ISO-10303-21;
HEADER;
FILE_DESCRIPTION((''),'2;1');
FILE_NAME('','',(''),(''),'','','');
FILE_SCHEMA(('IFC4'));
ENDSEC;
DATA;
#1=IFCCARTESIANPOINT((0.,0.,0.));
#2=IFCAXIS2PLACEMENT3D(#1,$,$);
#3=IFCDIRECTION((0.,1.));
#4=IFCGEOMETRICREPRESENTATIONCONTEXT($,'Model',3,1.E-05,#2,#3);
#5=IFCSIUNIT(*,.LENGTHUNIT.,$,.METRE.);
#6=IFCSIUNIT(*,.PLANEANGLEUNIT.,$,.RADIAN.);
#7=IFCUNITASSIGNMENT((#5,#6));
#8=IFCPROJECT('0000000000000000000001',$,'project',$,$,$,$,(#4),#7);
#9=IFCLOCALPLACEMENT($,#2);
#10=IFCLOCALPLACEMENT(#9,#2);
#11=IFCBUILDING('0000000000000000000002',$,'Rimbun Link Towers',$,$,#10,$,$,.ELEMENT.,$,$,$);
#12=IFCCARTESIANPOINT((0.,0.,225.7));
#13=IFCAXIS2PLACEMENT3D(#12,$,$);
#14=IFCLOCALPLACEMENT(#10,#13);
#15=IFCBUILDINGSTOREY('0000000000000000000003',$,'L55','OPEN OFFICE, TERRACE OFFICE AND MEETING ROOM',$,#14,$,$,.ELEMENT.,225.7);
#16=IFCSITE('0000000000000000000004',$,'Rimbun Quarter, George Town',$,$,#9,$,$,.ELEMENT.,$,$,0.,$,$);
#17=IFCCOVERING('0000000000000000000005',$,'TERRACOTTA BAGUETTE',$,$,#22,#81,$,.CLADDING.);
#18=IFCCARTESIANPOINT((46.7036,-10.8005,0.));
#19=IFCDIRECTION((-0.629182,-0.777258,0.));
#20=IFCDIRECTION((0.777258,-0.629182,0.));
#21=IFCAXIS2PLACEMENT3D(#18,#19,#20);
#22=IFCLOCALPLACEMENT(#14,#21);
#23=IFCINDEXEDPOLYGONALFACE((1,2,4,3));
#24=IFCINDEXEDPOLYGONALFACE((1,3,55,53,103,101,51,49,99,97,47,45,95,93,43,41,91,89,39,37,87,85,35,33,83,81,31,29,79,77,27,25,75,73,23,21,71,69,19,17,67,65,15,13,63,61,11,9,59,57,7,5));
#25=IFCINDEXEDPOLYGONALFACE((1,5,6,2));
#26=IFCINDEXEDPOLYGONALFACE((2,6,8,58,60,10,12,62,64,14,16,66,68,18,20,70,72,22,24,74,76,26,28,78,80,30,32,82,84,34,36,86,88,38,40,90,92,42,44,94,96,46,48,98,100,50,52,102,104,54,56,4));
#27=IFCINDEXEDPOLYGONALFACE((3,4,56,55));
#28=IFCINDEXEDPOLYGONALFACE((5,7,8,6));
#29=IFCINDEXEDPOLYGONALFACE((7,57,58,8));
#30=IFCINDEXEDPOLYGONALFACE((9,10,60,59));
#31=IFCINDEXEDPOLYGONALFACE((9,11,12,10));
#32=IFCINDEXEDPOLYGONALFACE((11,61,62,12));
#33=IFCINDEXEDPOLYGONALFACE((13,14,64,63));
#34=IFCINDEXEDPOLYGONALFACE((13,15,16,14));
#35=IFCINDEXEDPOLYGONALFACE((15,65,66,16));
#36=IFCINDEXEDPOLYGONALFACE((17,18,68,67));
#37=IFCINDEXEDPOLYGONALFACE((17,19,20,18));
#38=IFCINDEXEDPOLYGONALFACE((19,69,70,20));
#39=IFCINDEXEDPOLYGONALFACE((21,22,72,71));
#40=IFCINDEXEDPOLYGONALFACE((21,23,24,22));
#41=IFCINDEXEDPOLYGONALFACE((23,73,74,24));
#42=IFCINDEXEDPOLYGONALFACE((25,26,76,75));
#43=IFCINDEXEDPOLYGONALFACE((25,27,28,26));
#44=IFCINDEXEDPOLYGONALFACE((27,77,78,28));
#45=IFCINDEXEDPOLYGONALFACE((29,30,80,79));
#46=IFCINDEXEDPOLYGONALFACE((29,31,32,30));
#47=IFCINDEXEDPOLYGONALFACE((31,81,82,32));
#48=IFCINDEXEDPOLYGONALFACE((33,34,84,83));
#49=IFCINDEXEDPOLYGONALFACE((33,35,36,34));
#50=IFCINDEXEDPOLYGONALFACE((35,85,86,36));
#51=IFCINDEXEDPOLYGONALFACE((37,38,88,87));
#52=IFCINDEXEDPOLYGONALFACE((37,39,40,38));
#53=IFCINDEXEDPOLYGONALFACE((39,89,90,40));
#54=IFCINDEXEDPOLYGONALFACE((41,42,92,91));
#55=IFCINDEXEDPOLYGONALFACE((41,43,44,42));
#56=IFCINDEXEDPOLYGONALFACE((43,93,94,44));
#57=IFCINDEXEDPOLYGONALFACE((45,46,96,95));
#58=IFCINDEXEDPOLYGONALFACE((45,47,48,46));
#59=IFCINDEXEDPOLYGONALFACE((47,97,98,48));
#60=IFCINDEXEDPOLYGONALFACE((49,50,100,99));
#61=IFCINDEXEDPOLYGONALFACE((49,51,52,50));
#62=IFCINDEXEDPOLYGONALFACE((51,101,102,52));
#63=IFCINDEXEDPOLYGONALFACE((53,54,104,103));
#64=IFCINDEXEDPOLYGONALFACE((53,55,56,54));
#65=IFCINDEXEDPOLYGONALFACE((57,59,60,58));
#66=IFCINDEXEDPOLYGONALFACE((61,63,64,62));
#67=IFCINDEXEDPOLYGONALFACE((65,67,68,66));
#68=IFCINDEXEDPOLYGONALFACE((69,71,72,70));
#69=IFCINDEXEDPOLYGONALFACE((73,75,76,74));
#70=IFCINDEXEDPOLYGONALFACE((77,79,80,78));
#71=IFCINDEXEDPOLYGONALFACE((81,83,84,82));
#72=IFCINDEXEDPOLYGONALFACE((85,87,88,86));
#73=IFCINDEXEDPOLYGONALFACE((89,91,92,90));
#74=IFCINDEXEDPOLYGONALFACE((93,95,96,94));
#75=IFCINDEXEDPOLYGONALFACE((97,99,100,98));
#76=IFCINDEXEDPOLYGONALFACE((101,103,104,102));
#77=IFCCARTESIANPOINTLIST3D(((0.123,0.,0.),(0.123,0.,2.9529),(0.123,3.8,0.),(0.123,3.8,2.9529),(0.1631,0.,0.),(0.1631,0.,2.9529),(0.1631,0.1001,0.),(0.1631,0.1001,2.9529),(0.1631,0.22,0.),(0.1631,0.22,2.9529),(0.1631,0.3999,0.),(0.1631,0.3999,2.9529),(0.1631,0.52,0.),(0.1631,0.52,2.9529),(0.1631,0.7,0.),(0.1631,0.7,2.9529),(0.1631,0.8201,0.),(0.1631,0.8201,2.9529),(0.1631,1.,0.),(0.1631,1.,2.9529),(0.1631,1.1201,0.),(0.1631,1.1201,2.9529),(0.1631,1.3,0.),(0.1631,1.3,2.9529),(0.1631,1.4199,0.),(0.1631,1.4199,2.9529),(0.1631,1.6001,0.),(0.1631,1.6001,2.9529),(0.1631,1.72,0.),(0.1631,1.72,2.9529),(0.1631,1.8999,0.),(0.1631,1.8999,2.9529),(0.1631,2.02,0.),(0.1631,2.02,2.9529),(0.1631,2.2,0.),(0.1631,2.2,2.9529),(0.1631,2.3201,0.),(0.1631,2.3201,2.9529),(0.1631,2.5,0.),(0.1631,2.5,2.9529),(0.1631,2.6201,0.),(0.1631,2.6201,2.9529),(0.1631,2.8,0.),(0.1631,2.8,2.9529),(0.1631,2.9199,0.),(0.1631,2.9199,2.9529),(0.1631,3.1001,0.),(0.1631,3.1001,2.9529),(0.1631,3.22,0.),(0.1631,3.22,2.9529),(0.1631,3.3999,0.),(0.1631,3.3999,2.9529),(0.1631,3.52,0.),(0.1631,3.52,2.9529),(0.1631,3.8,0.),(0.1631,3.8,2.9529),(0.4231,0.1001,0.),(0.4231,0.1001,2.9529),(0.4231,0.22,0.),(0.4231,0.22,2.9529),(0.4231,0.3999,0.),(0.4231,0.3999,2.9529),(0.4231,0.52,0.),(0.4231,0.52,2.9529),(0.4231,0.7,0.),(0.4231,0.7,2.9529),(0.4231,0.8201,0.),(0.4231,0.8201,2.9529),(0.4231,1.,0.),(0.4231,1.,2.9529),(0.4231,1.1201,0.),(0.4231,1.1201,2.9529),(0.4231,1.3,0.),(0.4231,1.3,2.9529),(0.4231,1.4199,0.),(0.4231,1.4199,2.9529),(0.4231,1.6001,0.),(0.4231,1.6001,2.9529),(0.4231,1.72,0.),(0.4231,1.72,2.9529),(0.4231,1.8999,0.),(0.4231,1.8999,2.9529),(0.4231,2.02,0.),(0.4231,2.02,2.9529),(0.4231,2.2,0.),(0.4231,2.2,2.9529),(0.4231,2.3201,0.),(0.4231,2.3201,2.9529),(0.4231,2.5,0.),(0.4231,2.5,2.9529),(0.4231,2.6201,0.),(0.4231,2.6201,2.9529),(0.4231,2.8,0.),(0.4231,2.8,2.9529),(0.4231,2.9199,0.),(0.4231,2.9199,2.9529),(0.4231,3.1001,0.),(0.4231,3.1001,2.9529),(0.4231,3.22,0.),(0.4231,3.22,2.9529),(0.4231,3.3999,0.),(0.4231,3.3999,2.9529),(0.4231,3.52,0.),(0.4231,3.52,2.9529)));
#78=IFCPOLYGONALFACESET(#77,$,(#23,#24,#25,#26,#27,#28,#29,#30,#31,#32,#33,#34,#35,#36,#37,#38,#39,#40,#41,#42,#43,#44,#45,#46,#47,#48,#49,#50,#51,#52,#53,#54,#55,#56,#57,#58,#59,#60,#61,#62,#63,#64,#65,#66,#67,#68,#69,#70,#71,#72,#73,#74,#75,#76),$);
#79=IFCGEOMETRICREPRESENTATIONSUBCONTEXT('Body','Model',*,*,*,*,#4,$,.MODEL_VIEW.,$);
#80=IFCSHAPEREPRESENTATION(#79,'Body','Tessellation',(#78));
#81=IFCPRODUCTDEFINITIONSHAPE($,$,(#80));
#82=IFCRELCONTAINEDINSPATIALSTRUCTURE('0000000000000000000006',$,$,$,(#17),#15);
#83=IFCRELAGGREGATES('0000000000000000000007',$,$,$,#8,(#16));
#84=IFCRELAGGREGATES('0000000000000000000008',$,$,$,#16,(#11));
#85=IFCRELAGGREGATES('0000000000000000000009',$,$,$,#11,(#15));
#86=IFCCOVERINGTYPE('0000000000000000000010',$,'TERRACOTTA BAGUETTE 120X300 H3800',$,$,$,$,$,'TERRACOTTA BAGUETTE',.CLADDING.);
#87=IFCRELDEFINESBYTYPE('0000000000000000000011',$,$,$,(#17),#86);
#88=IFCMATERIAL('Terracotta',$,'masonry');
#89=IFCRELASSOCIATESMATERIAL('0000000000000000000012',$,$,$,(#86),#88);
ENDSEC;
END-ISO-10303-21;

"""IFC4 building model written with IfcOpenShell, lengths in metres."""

from ifc_helpers import new_model, si_unit, direction, frame, origin, place, context, subcontext, project, spatial, polyline, outline, extrude, material, material_profile, profile_set, type_object, element, save


model = new_model("IFC4")

# Units and contexts
model_context = context("Model", 3, precision=1e-05, world=origin(), true_north=direction((0.0, 1.0)))
body_context = subcontext(model_context, "Body", "Model", "MODEL_VIEW")
ifc_project = project(units=[si_unit("LENGTHUNIT", "METRE"), si_unit("PLANEANGLEUNIT", "RADIAN")], contexts=[model_context])

# Site, building, storey
site_placement = place(None, origin())
site = spatial("IfcSite", under=ifc_project, at=site_placement, Name="Rimbun Quarter, George Town", CompositionType="ELEMENT", RefElevation=0.0)
building_placement = place(site_placement, origin())
building = spatial("IfcBuilding", under=site, at=building_placement, Name="Rimbun Link Towers", CompositionType="ELEMENT")
storey_placement = place(building_placement, frame((0.0, 0.0, 225.7)))
storey = spatial("IfcBuildingStorey", under=building, at=storey_placement, Name="L55", Description="OPEN OFFICE, TERRACE OFFICE AND MEETING ROOM", CompositionType="ELEMENT", Elevation=225.7)

# Covering
ifc_material_1 = material(Name="Terracotta", Category="masonry")
ifc_material_profile_1 = material_profile(ifc_material_1, outline(polyline([(0.123, 0.0), (0.1631, 0.0), (0.1631, 0.1001), (0.4231, 0.1001), (0.4231, 0.22), (0.1631, 0.22), (0.1631, 0.3999), (0.4231, 0.3999), (0.4231, 0.52), (0.1631, 0.52), (0.1631, 0.7), (0.4231, 0.7), (0.4231, 0.8201), (0.1631, 0.8201), (0.1631, 1.0), (0.4231, 1.0), (0.4231, 1.1201), (0.1631, 1.1201), (0.1631, 1.3), (0.4231, 1.3), (0.4231, 1.4199), (0.1631, 1.4199), (0.1631, 1.6001), (0.4231, 1.6001), (0.4231, 1.72), (0.1631, 1.72), (0.1631, 1.8999), (0.4231, 1.8999), (0.4231, 2.02), (0.1631, 2.02), (0.1631, 2.2), (0.4231, 2.2), (0.4231, 2.3201), (0.1631, 2.3201), (0.1631, 2.5), (0.4231, 2.5), (0.4231, 2.6201), (0.1631, 2.6201), (0.1631, 2.8), (0.4231, 2.8), (0.4231, 2.9199), (0.1631, 2.9199), (0.1631, 3.1001), (0.4231, 3.1001), (0.4231, 3.22), (0.1631, 3.22), (0.1631, 3.3999), (0.4231, 3.3999), (0.4231, 3.52), (0.1631, 3.52), (0.1631, 3.8), (0.123, 3.8), (0.123, 0.0)])), Name="BAGUETTE 120X300")
ifc_profile_set_1 = profile_set([ifc_material_profile_1], Name="Terracotta")
covering_type = type_object("IfcCoveringType", Name="TERRACOTTA BAGUETTE 120X300 H3800", ElementType="TERRACOTTA BAGUETTE", PredefinedType="CLADDING", material=ifc_profile_set_1)
covering_1_placement = place(storey_placement, frame((46.7036, -10.8005, 0.0), z_axis=(-0.629182, -0.777258, 0.0), x_axis=(0.777258, -0.629182, 0.0)))
element("IfcCovering", 1, at=covering_1_placement, inside=storey, type_object=covering_type, Name="TERRACOTTA BAGUETTE", PredefinedType="CLADDING", context=body_context, shape_type="SweptSolid", body=[
    extrude(outline(polyline([(0.123, 0.0), (0.1631, 0.0), (0.1631, 0.1001), (0.4231, 0.1001), (0.4231, 0.22), (0.1631, 0.22), (0.1631, 0.3999), (0.4231, 0.3999), (0.4231, 0.52), (0.1631, 0.52), (0.1631, 0.7), (0.4231, 0.7), (0.4231, 0.8201), (0.1631, 0.8201), (0.1631, 1.0), (0.4231, 1.0), (0.4231, 1.1201), (0.1631, 1.1201), (0.1631, 1.3), (0.4231, 1.3), (0.4231, 1.4199), (0.1631, 1.4199), (0.1631, 1.6001), (0.4231, 1.6001), (0.4231, 1.72), (0.1631, 1.72), (0.1631, 1.8999), (0.4231, 1.8999), (0.4231, 2.02), (0.1631, 2.02), (0.1631, 2.2), (0.4231, 2.2), (0.4231, 2.3201), (0.1631, 2.3201), (0.1631, 2.5), (0.4231, 2.5), (0.4231, 2.6201), (0.1631, 2.6201), (0.1631, 2.8), (0.4231, 2.8), (0.4231, 2.9199), (0.1631, 2.9199), (0.1631, 3.1001), (0.4231, 3.1001), (0.4231, 3.22), (0.1631, 3.22), (0.1631, 3.3999), (0.4231, 3.3999), (0.4231, 3.52), (0.1631, 3.52), (0.1631, 3.8), (0.123, 3.8), (0.123, 0.0)])), origin(), (0.0, 0.0, 1.0), 2.9529),
])

save(model, "model.ifc")
